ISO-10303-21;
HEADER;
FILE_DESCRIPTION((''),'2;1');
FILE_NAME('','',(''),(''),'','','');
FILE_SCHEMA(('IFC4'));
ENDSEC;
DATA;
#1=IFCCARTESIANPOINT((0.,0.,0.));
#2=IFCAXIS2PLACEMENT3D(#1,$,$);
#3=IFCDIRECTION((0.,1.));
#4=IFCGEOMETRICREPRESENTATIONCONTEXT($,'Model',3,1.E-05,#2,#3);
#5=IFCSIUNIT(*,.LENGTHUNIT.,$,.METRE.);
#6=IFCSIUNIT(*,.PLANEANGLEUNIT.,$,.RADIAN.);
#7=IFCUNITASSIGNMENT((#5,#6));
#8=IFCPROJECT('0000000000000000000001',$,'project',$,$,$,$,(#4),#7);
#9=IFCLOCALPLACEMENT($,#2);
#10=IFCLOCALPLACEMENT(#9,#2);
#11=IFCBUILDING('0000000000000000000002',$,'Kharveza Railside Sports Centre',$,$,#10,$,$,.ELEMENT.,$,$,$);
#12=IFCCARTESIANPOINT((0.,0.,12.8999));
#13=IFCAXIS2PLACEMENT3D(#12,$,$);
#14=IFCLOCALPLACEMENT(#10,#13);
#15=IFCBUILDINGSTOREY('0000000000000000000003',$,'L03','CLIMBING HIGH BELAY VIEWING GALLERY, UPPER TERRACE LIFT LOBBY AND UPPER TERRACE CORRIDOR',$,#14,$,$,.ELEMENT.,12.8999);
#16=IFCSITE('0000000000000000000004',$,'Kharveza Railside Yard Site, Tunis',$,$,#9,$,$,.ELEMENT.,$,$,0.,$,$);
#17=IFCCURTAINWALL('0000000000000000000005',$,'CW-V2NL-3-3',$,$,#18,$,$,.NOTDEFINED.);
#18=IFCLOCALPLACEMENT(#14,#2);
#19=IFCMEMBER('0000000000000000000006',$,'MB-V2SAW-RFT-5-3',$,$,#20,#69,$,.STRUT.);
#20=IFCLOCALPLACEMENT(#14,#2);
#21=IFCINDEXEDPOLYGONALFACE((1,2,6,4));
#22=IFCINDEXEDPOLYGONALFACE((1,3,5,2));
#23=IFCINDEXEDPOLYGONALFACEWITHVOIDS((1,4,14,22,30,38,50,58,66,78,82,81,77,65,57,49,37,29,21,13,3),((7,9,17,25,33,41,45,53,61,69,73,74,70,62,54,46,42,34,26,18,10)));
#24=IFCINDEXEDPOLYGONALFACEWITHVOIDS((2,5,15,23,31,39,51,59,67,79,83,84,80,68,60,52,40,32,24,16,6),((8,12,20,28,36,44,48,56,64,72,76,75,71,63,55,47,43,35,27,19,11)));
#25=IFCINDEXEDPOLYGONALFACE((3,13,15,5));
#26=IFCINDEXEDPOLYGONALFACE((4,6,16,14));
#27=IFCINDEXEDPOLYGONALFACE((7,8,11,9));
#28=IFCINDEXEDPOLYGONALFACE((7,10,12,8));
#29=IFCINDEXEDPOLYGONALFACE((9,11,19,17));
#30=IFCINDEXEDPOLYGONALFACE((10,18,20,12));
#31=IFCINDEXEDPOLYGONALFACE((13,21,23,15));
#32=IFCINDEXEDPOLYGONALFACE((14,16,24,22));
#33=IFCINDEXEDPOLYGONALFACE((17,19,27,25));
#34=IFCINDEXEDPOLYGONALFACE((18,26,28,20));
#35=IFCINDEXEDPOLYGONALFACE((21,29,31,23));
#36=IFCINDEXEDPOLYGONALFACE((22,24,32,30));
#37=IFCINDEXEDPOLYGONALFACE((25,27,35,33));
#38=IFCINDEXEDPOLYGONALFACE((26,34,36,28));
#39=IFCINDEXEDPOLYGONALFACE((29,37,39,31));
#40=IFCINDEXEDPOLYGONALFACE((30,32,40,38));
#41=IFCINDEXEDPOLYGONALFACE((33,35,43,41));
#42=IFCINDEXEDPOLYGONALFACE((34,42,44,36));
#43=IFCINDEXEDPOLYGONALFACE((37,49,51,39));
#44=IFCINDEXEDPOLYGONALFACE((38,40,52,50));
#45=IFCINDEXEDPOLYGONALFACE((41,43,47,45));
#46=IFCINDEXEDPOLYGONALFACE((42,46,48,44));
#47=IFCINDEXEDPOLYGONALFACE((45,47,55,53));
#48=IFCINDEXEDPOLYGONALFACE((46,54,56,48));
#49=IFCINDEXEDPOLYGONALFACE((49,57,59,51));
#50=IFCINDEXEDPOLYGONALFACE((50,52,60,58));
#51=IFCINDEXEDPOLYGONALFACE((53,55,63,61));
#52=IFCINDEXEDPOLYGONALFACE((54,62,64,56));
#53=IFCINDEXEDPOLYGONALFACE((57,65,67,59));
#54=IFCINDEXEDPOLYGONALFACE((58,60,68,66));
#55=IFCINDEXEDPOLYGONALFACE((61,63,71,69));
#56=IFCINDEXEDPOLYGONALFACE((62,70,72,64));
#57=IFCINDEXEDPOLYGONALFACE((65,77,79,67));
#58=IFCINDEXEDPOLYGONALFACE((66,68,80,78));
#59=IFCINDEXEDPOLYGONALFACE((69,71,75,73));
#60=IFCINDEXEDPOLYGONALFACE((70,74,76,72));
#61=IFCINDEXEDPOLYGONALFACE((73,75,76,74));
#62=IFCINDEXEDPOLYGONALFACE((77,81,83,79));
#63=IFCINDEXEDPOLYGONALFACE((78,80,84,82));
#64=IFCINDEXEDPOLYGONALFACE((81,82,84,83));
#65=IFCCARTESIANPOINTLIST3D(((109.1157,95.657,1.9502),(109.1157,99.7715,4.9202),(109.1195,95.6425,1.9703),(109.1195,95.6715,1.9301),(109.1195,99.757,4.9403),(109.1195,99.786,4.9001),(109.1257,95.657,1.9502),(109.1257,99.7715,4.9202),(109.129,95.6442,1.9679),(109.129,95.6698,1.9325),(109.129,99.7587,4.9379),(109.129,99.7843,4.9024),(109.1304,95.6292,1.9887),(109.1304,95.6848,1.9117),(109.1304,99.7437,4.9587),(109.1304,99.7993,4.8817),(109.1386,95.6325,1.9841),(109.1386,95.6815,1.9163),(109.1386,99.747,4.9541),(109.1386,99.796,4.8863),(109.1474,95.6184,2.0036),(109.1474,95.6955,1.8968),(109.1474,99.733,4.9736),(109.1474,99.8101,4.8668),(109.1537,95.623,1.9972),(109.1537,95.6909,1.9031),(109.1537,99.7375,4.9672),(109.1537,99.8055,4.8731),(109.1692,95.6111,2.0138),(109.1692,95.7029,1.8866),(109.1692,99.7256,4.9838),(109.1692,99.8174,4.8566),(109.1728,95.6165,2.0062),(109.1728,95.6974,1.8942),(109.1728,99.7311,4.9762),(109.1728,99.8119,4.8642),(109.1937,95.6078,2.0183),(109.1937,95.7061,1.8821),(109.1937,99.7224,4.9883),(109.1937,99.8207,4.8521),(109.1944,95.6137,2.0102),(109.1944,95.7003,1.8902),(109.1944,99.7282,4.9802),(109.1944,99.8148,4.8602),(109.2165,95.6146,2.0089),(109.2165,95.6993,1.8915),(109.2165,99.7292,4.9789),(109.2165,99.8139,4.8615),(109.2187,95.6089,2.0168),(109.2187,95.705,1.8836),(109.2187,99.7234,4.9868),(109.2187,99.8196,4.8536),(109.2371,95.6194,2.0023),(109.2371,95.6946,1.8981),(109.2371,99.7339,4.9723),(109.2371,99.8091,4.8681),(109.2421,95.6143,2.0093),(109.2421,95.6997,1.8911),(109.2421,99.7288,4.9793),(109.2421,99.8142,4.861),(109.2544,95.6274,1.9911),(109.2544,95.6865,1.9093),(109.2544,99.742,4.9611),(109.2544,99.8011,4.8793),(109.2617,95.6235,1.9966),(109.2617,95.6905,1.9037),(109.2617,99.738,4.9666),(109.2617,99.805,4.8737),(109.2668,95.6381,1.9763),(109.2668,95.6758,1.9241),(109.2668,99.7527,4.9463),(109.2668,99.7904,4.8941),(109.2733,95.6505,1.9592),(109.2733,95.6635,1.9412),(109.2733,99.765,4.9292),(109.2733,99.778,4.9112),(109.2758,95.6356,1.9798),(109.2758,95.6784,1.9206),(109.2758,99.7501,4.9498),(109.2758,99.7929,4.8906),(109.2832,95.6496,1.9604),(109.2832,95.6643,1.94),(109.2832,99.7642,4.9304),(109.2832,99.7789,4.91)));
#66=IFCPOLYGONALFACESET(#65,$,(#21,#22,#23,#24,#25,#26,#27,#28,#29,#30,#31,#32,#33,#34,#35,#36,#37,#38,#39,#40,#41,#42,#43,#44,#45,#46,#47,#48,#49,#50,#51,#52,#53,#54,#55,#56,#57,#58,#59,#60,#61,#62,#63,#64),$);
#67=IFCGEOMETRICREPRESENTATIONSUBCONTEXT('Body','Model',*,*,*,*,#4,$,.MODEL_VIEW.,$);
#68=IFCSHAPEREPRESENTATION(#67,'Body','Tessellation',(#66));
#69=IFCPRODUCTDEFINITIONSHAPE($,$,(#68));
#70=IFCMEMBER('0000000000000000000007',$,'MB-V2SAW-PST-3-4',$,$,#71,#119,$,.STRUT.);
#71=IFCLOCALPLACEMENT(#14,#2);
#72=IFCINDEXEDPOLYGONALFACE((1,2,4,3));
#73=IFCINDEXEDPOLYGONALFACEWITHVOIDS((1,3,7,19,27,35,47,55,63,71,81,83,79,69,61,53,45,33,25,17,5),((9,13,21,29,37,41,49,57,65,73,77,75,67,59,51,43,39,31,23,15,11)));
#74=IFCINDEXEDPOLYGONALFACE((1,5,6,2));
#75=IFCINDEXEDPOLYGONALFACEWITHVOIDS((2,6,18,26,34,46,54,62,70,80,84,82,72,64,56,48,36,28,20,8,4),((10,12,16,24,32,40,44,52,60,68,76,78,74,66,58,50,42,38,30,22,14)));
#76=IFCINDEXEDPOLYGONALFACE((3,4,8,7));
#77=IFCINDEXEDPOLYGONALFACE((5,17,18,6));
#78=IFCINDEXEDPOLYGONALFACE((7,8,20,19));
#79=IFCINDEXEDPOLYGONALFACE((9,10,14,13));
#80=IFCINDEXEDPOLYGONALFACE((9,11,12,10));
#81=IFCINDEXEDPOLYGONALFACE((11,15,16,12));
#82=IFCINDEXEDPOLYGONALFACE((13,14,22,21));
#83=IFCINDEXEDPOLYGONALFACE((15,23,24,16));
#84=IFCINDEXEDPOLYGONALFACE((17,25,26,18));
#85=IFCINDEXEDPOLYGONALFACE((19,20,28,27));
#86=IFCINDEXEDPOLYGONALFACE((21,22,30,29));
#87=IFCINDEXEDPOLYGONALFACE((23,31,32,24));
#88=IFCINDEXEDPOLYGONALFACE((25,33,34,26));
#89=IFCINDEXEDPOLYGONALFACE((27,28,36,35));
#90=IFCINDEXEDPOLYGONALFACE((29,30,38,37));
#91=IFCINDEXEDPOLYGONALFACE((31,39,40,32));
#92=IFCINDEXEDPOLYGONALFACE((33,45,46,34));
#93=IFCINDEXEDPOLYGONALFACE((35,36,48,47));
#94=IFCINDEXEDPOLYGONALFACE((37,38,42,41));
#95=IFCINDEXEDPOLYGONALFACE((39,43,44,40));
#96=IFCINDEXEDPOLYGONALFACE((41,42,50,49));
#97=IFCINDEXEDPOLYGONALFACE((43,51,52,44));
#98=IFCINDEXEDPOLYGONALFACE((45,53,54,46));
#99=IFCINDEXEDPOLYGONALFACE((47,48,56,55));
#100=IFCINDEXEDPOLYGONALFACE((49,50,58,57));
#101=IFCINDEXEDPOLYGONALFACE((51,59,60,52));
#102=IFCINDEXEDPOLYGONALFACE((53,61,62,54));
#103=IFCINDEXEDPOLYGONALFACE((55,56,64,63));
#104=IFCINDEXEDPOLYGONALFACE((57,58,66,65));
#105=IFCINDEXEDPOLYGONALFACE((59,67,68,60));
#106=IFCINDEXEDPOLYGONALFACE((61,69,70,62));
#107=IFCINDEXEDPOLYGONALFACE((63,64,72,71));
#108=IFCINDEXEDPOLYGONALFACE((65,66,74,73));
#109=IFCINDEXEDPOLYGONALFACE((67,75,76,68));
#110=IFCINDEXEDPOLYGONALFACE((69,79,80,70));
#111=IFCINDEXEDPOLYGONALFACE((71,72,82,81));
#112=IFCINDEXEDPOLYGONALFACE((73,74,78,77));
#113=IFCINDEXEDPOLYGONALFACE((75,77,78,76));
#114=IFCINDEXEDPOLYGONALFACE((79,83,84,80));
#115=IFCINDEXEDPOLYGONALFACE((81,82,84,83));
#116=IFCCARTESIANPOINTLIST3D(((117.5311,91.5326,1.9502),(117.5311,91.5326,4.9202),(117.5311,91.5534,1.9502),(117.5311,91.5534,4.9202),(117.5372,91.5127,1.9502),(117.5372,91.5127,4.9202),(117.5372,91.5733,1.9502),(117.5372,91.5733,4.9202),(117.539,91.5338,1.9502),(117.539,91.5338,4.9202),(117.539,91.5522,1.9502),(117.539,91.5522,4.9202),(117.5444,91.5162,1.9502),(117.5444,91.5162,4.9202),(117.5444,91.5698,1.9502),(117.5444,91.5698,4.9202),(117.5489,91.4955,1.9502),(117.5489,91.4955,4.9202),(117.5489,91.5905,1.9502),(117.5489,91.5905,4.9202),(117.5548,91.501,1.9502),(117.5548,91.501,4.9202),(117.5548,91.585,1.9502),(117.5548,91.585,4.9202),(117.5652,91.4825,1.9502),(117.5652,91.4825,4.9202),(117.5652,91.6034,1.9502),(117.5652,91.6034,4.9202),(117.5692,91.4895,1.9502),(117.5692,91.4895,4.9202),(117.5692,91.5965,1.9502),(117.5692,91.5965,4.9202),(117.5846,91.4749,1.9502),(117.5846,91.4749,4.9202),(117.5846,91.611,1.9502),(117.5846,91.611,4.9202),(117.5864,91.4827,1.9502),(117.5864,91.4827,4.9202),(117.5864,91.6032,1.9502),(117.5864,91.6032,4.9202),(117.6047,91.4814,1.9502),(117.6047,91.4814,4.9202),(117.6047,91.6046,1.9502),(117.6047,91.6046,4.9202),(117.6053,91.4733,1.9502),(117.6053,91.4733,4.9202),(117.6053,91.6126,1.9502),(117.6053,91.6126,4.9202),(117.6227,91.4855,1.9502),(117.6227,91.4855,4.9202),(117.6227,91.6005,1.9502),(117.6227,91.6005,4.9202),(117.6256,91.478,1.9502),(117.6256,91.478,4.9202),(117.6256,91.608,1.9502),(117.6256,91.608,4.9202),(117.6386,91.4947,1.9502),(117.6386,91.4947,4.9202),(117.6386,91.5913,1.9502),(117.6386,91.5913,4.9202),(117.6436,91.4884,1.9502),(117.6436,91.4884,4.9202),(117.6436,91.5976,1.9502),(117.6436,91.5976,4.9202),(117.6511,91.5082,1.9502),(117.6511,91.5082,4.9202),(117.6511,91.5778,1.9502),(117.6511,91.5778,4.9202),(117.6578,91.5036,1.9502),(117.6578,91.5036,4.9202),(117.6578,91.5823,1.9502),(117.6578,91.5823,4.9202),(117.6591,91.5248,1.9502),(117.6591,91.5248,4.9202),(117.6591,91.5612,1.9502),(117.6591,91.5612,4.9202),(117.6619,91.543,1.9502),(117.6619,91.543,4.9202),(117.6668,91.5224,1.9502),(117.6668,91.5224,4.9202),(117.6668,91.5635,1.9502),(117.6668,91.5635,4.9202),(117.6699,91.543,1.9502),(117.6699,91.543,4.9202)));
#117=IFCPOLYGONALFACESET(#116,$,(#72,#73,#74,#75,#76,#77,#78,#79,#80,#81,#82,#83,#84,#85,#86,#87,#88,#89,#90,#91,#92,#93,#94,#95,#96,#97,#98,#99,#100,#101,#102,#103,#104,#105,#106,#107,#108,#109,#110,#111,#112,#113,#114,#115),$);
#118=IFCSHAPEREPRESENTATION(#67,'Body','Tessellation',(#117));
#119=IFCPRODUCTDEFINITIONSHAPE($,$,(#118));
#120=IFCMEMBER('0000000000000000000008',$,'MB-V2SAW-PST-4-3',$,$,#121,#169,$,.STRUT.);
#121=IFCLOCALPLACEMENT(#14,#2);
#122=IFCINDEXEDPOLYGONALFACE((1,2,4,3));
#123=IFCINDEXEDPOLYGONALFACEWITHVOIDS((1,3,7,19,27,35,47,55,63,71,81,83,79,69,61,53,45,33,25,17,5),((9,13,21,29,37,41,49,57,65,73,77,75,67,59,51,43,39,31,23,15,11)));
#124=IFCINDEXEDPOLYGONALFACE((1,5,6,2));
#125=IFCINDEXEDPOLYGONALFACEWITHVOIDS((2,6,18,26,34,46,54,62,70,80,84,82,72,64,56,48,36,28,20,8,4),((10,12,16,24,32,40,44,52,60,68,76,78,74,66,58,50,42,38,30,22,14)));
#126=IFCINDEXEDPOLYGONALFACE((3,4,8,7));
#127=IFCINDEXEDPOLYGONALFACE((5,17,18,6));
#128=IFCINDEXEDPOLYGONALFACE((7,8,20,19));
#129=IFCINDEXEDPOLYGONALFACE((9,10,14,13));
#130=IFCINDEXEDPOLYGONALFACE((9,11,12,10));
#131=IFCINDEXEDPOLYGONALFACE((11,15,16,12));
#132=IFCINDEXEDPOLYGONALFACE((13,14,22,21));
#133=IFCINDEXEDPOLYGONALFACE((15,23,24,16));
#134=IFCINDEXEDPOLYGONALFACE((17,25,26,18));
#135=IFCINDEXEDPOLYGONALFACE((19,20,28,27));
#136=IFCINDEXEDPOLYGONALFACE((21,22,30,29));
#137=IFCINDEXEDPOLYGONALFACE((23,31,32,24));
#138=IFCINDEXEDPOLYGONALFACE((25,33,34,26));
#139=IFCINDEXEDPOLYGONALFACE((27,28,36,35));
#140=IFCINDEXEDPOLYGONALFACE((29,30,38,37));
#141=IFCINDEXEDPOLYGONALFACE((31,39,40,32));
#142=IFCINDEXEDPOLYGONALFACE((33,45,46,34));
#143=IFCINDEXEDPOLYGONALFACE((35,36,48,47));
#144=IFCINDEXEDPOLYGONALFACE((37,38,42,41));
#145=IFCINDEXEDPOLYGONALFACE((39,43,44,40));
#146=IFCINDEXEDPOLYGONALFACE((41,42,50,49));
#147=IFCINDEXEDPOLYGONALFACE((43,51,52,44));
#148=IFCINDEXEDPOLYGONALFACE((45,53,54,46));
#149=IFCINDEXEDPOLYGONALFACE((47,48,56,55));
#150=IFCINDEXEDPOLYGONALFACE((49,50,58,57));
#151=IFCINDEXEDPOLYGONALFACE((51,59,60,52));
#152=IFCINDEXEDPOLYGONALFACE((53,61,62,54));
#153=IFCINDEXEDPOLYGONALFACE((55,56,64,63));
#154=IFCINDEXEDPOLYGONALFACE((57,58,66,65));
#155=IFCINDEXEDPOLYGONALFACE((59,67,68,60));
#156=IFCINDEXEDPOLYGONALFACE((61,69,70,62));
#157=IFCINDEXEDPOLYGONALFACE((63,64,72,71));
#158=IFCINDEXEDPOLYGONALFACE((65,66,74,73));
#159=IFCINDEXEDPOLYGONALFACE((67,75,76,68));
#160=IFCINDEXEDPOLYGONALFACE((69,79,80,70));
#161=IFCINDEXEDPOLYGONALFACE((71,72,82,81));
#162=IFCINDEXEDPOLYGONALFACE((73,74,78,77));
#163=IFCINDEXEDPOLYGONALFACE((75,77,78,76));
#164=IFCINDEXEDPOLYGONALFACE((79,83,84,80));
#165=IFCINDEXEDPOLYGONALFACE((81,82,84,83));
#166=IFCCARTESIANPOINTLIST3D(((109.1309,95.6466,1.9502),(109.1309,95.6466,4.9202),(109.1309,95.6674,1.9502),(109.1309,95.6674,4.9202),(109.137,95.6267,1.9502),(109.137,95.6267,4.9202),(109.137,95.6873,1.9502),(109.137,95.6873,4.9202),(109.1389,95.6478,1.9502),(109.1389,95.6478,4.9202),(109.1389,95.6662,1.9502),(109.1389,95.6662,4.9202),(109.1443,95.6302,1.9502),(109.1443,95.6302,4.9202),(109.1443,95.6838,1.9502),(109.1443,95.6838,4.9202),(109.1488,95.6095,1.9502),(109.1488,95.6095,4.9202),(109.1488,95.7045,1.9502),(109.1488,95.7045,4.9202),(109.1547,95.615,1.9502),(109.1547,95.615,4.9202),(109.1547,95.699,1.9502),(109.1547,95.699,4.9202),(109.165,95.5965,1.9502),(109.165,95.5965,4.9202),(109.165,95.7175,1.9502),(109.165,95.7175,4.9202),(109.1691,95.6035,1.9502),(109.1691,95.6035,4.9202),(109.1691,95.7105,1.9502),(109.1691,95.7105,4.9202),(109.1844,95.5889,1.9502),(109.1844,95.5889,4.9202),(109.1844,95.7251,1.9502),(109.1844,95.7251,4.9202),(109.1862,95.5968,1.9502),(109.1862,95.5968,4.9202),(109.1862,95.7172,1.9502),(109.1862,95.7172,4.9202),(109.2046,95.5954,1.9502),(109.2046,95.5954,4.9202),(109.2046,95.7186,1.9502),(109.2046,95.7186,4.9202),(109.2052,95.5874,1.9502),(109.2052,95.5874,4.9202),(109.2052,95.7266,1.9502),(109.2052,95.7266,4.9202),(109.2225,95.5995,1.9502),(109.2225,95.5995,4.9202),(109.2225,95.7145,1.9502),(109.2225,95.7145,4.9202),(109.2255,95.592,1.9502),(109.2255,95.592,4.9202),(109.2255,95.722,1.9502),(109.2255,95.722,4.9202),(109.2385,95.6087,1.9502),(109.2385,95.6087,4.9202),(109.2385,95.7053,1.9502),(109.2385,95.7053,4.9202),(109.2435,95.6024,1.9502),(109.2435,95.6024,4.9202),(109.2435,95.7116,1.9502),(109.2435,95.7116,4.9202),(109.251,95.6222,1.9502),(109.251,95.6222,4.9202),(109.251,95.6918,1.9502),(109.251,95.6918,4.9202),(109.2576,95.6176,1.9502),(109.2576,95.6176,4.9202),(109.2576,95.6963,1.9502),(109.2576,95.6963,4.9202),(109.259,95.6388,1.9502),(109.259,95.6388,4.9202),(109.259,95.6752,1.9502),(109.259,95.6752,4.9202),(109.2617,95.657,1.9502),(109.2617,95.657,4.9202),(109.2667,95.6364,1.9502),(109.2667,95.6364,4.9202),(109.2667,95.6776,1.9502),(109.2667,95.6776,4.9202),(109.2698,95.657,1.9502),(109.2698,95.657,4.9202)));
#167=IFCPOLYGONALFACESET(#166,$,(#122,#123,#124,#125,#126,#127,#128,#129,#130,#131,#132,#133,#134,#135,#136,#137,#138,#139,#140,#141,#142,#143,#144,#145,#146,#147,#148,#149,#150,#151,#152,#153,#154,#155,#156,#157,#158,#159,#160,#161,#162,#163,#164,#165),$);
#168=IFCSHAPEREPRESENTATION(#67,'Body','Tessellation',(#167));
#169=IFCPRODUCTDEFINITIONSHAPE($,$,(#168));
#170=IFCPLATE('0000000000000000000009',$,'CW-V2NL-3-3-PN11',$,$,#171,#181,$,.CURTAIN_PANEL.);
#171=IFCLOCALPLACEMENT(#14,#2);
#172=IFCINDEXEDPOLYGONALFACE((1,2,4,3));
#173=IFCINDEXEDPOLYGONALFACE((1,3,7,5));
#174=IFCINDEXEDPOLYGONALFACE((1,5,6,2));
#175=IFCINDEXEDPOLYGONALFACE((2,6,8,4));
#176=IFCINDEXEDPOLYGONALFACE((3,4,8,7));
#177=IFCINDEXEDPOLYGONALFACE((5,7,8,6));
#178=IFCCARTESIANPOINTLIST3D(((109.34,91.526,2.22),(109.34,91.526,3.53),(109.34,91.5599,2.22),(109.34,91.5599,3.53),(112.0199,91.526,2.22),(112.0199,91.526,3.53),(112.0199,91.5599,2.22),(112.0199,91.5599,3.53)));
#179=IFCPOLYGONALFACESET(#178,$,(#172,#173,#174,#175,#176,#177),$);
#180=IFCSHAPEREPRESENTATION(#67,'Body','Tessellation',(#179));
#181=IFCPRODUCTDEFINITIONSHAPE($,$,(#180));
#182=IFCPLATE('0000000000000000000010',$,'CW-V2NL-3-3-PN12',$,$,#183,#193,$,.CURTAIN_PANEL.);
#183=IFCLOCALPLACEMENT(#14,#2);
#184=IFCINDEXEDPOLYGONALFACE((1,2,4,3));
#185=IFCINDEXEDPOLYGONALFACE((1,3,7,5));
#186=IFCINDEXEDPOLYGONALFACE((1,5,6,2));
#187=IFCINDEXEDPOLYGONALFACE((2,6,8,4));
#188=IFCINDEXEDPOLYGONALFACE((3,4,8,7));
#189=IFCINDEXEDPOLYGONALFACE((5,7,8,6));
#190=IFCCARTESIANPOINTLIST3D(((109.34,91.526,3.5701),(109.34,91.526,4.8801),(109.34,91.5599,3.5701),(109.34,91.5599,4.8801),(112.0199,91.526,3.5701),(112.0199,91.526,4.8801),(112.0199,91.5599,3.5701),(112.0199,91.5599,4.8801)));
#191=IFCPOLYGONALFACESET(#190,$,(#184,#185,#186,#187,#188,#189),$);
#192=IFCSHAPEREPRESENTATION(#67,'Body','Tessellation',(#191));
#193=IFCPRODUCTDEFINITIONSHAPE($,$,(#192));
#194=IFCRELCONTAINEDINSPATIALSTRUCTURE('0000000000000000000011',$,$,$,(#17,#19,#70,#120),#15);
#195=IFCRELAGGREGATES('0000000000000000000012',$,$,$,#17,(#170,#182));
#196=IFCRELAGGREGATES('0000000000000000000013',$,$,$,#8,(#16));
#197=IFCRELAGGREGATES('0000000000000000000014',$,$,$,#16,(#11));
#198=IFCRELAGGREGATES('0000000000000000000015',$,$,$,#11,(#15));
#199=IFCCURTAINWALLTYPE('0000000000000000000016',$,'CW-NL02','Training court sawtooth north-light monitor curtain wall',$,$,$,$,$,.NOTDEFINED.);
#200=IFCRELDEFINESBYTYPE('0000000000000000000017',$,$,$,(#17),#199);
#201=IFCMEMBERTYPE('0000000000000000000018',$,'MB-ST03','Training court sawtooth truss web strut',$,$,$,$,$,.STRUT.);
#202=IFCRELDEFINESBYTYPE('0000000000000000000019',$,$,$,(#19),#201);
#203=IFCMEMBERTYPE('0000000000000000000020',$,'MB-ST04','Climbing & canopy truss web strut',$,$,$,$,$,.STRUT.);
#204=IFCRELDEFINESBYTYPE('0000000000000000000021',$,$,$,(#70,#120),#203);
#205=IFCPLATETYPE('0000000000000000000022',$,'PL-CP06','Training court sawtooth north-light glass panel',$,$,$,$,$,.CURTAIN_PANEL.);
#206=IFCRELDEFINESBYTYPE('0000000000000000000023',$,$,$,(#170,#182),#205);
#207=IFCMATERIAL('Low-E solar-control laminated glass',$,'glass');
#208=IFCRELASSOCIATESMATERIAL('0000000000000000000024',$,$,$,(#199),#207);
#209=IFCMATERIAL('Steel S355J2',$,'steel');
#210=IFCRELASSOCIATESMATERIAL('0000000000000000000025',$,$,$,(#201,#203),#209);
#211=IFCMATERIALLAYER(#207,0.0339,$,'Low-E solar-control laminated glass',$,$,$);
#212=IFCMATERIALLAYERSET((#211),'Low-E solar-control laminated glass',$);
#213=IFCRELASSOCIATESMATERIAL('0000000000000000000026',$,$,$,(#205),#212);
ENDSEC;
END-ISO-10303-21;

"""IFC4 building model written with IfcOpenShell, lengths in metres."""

from ifc_helpers import new_model, si_unit, direction, frame, origin, origin_2d, place, context, subcontext, project, spatial, rectangle, hollow_circle, extrude, material, layer, layer_set, material_profile, profile_set, type_object, element, aggregate, save


model = new_model("IFC4")

# Units and contexts
model_context = context("Model", 3, precision=1e-05, world=origin(), true_north=direction((0.0, 1.0)))
body_context = subcontext(model_context, "Body", "Model", "MODEL_VIEW")
ifc_project = project(units=[si_unit("LENGTHUNIT", "METRE"), si_unit("PLANEANGLEUNIT", "RADIAN")], contexts=[model_context])

# Site, building, storey
site_placement = place(None, origin())
site = spatial("IfcSite", under=ifc_project, at=site_placement, Name="Kharveza Railside Yard Site, Tunis", CompositionType="ELEMENT", RefElevation=0.0)
building_placement = place(site_placement, origin())
building = spatial("IfcBuilding", under=site, at=building_placement, Name="Kharveza Railside Sports Centre", CompositionType="ELEMENT")
storey_placement = place(building_placement, frame((0.0, 0.0, 12.8999)))
storey = spatial("IfcBuildingStorey", under=building, at=storey_placement, Name="L03", Description="CLIMBING HIGH BELAY VIEWING GALLERY, UPPER TERRACE LIFT LOBBY AND UPPER TERRACE CORRIDOR", CompositionType="ELEMENT", Elevation=12.8999)

# Shared definitions
ifc_material_1 = material(Name="Steel S355J2", Category="steel")

# Curtain wall
ifc_material_2 = material(Name="Low-E solar-control laminated glass", Category="glass")
curtain_wall_type = type_object("IfcCurtainWallType", Name="CW-NL02", Description="Training court sawtooth north-light monitor curtain wall", PredefinedType="NOTDEFINED", material=ifc_material_2)
curtain_wall_1_placement = place(storey_placement, origin())
curtain_wall_1 = element("IfcCurtainWall", 1, at=curtain_wall_1_placement, inside=storey, type_object=curtain_wall_type, Name="CW-V2NL-3-3", PredefinedType="NOTDEFINED")

# Members
ifc_material_profile_1 = material_profile(ifc_material_1, hollow_circle(Radius=0.0842, WallThickness=0.01, at=origin_2d()), Name="CHS 168.3x10.0")
ifc_profile_set_1 = profile_set([ifc_material_profile_1], Name="Steel S355J2")
member_type_1 = type_object("IfcMemberType", Name="MB-ST03", Description="Training court sawtooth truss web strut", PredefinedType="STRUT", material=ifc_profile_set_1)
member_1_placement = place(storey_placement, frame((109.2, 95.657, 1.9502), z_axis=(0.0, 0.81083, 0.585281), x_axis=(-1.0, 0.0, 0.0)))
element("IfcMember", 2, at=member_1_placement, inside=storey, type_object=member_type_1, Name="MB-V2SAW-RFT-5-3", PredefinedType="STRUT", context=body_context, shape_type="SweptSolid", body=[
    extrude(hollow_circle(Radius=0.0842, WallThickness=0.01, at=origin_2d()), origin(), (0.0, 0.0, 1.0), 5.0745),
])
ifc_material_profile_2 = material_profile(ifc_material_1, hollow_circle(Radius=0.0698, WallThickness=0.0081, at=origin_2d()), Name="CHS 139.7x8.0")
ifc_profile_set_2 = profile_set([ifc_material_profile_2], Name="Steel S355J2")
member_type_2 = type_object("IfcMemberType", Name="MB-ST04", Description="Climbing & canopy truss web strut", PredefinedType="STRUT", material=ifc_profile_set_2)
for number, where, z_axis, x_axis, name in (
    (3, (117.6001, 91.543, 1.9502), (0.0, 0.0, 1.0), (1.0, 0.0, 0.0), "MB-V2SAW-PST-3-4"),
    (4, (109.2, 95.657, 1.9502), (0.0, 0.0, 1.0), (1.0, 0.0, 0.0), "MB-V2SAW-PST-4-3"),
):
    element("IfcMember", number, at=place(storey_placement, frame(where, z_axis=z_axis, x_axis=x_axis)), inside=storey, type_object=member_type_2, Name=name, PredefinedType="STRUT", context=body_context, shape_type="SweptSolid", body=[
        extrude(hollow_circle(Radius=0.0698, WallThickness=0.0081, at=origin_2d()), origin(), (0.0, 0.0, 1.0), 2.97),
    ])

# Plates
ifc_layer_1 = layer(ifc_material_2, 0.0339, Name="Low-E solar-control laminated glass")
ifc_layer_set_1 = layer_set([ifc_layer_1], Name="Low-E solar-control laminated glass")
plate_type = type_object("IfcPlateType", Name="PL-CP06", Description="Training court sawtooth north-light glass panel", PredefinedType="CURTAIN_PANEL", material=ifc_layer_set_1)
plate_1_placement = place(storey_placement, frame((110.6799, 91.543, 2.22), z_axis=(0.0, 0.0, 1.0), x_axis=(1.0, 0.0, 0.0)))
plate_1 = element("IfcPlate", 5, at=plate_1_placement, type_object=plate_type, Name="CW-V2NL-3-3-PN11", PredefinedType="CURTAIN_PANEL", context=body_context, shape_type="SweptSolid", body=[
    extrude(rectangle(XDim=2.6799, YDim=0.0339, at=origin_2d()), origin(), (0.0, 0.0, 1.0), 1.3101),
])
plate_2_placement = place(storey_placement, frame((110.6799, 91.543, 3.5701), z_axis=(0.0, 0.0, 1.0), x_axis=(1.0, 0.0, 0.0)))
plate_2 = element("IfcPlate", 6, at=plate_2_placement, type_object=plate_type, Name="CW-V2NL-3-3-PN12", PredefinedType="CURTAIN_PANEL", context=body_context, shape_type="SweptSolid", body=[
    extrude(rectangle(XDim=2.6799, YDim=0.0339, at=origin_2d()), origin(), (0.0, 0.0, 1.0), 1.3101),
])
aggregate(curtain_wall_1, [plate_1, plate_2])

save(model, "model.ifc")
